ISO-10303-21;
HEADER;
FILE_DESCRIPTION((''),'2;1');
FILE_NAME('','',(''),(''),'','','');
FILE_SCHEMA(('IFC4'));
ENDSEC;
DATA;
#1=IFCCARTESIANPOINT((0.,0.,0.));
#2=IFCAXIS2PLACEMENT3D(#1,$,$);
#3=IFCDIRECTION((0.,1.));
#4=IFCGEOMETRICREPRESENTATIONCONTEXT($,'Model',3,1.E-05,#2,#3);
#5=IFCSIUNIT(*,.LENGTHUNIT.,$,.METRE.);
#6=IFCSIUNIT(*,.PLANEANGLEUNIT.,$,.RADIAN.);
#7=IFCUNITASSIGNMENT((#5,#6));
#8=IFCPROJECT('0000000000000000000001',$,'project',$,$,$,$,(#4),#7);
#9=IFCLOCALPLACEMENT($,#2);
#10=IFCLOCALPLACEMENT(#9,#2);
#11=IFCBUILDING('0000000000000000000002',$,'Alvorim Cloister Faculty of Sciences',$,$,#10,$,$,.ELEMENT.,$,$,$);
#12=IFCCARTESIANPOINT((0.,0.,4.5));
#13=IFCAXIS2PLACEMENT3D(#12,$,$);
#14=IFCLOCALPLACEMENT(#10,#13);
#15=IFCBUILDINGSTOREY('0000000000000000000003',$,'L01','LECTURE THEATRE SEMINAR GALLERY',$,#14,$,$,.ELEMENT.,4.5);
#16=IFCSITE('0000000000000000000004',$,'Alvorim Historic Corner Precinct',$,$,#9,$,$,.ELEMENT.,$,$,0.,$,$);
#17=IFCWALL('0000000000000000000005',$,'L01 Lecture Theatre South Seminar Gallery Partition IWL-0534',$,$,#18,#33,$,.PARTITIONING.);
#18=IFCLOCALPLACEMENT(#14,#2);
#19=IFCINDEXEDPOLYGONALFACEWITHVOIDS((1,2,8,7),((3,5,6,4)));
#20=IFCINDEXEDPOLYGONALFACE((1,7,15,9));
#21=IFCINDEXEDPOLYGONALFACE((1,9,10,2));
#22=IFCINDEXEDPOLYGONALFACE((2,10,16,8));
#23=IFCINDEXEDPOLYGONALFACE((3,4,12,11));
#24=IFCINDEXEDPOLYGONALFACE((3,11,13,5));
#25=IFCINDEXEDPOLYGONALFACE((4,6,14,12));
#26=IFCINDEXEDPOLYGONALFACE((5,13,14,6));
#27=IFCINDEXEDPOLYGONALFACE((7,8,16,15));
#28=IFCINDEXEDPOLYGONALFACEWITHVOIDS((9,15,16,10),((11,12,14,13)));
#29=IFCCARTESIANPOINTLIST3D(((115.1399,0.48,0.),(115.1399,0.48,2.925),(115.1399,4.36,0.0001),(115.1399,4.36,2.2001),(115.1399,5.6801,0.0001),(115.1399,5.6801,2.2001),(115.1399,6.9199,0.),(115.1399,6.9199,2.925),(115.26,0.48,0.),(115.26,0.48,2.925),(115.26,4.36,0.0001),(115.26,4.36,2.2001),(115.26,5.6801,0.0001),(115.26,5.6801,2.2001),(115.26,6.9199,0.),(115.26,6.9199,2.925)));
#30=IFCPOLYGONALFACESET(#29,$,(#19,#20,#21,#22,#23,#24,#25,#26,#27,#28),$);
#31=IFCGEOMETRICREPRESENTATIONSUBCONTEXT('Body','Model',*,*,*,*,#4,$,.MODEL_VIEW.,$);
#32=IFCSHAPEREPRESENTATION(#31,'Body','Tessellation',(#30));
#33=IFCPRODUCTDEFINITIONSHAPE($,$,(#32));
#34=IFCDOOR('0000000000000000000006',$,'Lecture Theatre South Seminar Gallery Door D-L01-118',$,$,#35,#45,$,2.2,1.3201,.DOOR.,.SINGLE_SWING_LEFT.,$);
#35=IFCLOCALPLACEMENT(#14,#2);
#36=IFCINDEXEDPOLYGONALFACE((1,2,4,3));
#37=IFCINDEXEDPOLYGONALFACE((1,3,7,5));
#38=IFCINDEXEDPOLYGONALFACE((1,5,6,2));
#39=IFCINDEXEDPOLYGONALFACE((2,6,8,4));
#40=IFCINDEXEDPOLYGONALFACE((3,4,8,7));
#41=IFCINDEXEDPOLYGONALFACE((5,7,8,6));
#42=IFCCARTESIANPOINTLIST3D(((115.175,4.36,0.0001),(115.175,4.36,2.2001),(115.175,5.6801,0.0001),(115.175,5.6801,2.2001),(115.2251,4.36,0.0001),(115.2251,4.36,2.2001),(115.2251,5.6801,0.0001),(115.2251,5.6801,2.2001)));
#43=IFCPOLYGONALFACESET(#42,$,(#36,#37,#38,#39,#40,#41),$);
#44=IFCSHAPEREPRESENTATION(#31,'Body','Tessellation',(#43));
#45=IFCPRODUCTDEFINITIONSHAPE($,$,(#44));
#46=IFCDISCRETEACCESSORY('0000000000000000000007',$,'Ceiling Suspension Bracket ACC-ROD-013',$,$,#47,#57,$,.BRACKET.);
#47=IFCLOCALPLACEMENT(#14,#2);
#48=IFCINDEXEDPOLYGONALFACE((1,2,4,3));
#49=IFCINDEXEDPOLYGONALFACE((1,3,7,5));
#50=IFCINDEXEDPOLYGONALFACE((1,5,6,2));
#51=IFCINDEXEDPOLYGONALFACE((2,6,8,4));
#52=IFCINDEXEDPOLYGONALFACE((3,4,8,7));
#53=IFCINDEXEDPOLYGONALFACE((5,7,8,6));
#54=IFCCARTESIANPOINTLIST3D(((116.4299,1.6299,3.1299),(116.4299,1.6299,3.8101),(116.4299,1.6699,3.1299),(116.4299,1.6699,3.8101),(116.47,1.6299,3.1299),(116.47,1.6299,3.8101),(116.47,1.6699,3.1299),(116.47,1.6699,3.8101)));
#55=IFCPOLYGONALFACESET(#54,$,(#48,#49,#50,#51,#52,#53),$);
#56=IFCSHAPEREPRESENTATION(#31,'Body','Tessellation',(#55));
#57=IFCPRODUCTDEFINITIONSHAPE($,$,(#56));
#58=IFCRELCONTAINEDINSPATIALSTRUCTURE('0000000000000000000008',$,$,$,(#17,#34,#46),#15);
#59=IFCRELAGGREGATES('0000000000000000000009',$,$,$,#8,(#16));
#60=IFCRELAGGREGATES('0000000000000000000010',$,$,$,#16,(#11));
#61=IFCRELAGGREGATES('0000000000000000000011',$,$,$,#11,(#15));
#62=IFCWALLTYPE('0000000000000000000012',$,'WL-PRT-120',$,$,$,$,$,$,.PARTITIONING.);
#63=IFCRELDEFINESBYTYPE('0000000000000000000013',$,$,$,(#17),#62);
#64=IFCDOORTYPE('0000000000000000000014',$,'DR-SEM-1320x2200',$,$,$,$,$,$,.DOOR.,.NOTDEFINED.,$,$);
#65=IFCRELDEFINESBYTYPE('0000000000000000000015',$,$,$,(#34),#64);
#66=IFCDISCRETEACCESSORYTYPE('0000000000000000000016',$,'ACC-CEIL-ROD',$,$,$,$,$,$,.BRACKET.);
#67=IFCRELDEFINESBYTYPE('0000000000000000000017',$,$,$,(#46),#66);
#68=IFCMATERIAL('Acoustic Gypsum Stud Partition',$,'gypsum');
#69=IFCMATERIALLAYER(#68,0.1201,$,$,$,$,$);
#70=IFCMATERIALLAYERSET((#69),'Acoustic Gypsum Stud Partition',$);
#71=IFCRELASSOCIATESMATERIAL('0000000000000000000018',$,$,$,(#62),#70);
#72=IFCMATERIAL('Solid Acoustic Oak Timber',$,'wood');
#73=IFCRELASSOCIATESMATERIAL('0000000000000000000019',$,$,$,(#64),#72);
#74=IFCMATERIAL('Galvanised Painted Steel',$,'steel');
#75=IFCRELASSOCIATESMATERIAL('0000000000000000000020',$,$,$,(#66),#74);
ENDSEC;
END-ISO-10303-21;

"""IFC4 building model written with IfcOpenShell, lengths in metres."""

from ifc_helpers import new_model, si_unit, direction, frame, frame_2d, origin, origin_2d, place, context, subcontext, project, spatial, rectangle, extrude, material, layer, layer_set, type_object, element, fill, save


model = new_model("IFC4")

# Units and contexts
model_context = context("Model", 3, precision=1e-05, world=origin(), true_north=direction((0.0, 1.0)))
body_context = subcontext(model_context, "Body", "Model", "MODEL_VIEW")
ifc_project = project(units=[si_unit("LENGTHUNIT", "METRE"), si_unit("PLANEANGLEUNIT", "RADIAN")], contexts=[model_context])

# Site, building, storey
site_placement = place(None, origin())
site = spatial("IfcSite", under=ifc_project, at=site_placement, Name="Alvorim Historic Corner Precinct", CompositionType="ELEMENT", RefElevation=0.0)
building_placement = place(site_placement, origin())
building = spatial("IfcBuilding", under=site, at=building_placement, Name="Alvorim Cloister Faculty of Sciences", CompositionType="ELEMENT")
storey_placement = place(building_placement, frame((0.0, 0.0, 4.5)))
storey = spatial("IfcBuildingStorey", under=building, at=storey_placement, Name="L01", Description="LECTURE THEATRE SEMINAR GALLERY", CompositionType="ELEMENT", Elevation=4.5)

# Wall, opening, door
ifc_material_1 = material(Name="Acoustic Gypsum Stud Partition", Category="gypsum")
ifc_layer_1 = layer(ifc_material_1, 0.1201)
ifc_layer_set_1 = layer_set([ifc_layer_1], Name="Acoustic Gypsum Stud Partition")
wall_type_1 = type_object("IfcWallType", Name="WL-PRT-120", PredefinedType="PARTITIONING", material=ifc_layer_set_1)
wall_1_placement = place(storey_placement, frame((115.2, 0.48, 0.0), z_axis=(0.0, 0.0, 1.0), x_axis=(0.0, 1.0, 0.0)))
wall_1 = element("IfcWall", 1, at=wall_1_placement, inside=storey, type_object=wall_type_1, Name="L01 Lecture Theatre South Seminar Gallery Partition IWL-0534", PredefinedType="PARTITIONING", context=body_context, shape_type="SweptSolid", body=[
    extrude(rectangle(XDim=6.4399, YDim=0.1201, at=frame_2d((3.22, 0.0))), origin(), (0.0, 0.0, 1.0), 2.925),
])
opening_1_placement = place(wall_1_placement, frame((3.8799, 0.0, 0.0)))
opening_1 = element("IfcOpeningElement", 2, at=opening_1_placement, cuts=wall_1, PredefinedType="OPENING", context=body_context, shape_type="SweptSolid", body=[
    extrude(rectangle(XDim=1.3201, YDim=2.2, at=frame_2d((0.6602, 1.1001))), frame((0.0, 0.072, 0.0), z_axis=(0.0, -1.0, 0.0), x_axis=(1.0, 0.0, 0.0)), (0.0, 0.0, 1.0), 0.144),
])
ifc_material_2 = material(Name="Solid Acoustic Oak Timber", Category="wood")
door_type = type_object("IfcDoorType", Name="DR-SEM-1320x2200", OperationType="NOTDEFINED", PredefinedType="DOOR", material=ifc_material_2)
door_placement = place(opening_1_placement, origin())
door = element("IfcDoor", 3, at=door_placement, inside=storey, type_object=door_type, Name="Lecture Theatre South Seminar Gallery Door D-L01-118", OperationType="SINGLE_SWING_LEFT", OverallHeight=2.2, OverallWidth=1.3201, PredefinedType="DOOR", context=body_context, shape_type="SweptSolid", body=[
    extrude(rectangle(XDim=1.3201, YDim=2.2, at=frame_2d((0.6602, 1.1001))), frame((0.0, 0.0249, 0.0), z_axis=(0.0, -1.0, 0.0), x_axis=(1.0, 0.0, 0.0)), (0.0, 0.0, 1.0), 0.05),
])
fill(opening_1, door)

# Discrete accessory
ifc_material_3 = material(Name="Galvanised Painted Steel", Category="steel")
discrete_accessory_type = type_object("IfcDiscreteAccessoryType", Name="ACC-CEIL-ROD", PredefinedType="BRACKET", material=ifc_material_3)
discrete_accessory_placement = place(storey_placement, frame((116.45, 1.6499, 3.1299), z_axis=(0.0, 0.0, 1.0), x_axis=(1.0, 0.0, 0.0)))
element("IfcDiscreteAccessory", 4, at=discrete_accessory_placement, inside=storey, type_object=discrete_accessory_type, Name="Ceiling Suspension Bracket ACC-ROD-013", PredefinedType="BRACKET", context=body_context, shape_type="SweptSolid", body=[
    extrude(rectangle(XDim=0.04, YDim=0.04, at=origin_2d()), origin(), (0.0, 0.0, 1.0), 0.6802),
])

save(model, "model.ifc")
